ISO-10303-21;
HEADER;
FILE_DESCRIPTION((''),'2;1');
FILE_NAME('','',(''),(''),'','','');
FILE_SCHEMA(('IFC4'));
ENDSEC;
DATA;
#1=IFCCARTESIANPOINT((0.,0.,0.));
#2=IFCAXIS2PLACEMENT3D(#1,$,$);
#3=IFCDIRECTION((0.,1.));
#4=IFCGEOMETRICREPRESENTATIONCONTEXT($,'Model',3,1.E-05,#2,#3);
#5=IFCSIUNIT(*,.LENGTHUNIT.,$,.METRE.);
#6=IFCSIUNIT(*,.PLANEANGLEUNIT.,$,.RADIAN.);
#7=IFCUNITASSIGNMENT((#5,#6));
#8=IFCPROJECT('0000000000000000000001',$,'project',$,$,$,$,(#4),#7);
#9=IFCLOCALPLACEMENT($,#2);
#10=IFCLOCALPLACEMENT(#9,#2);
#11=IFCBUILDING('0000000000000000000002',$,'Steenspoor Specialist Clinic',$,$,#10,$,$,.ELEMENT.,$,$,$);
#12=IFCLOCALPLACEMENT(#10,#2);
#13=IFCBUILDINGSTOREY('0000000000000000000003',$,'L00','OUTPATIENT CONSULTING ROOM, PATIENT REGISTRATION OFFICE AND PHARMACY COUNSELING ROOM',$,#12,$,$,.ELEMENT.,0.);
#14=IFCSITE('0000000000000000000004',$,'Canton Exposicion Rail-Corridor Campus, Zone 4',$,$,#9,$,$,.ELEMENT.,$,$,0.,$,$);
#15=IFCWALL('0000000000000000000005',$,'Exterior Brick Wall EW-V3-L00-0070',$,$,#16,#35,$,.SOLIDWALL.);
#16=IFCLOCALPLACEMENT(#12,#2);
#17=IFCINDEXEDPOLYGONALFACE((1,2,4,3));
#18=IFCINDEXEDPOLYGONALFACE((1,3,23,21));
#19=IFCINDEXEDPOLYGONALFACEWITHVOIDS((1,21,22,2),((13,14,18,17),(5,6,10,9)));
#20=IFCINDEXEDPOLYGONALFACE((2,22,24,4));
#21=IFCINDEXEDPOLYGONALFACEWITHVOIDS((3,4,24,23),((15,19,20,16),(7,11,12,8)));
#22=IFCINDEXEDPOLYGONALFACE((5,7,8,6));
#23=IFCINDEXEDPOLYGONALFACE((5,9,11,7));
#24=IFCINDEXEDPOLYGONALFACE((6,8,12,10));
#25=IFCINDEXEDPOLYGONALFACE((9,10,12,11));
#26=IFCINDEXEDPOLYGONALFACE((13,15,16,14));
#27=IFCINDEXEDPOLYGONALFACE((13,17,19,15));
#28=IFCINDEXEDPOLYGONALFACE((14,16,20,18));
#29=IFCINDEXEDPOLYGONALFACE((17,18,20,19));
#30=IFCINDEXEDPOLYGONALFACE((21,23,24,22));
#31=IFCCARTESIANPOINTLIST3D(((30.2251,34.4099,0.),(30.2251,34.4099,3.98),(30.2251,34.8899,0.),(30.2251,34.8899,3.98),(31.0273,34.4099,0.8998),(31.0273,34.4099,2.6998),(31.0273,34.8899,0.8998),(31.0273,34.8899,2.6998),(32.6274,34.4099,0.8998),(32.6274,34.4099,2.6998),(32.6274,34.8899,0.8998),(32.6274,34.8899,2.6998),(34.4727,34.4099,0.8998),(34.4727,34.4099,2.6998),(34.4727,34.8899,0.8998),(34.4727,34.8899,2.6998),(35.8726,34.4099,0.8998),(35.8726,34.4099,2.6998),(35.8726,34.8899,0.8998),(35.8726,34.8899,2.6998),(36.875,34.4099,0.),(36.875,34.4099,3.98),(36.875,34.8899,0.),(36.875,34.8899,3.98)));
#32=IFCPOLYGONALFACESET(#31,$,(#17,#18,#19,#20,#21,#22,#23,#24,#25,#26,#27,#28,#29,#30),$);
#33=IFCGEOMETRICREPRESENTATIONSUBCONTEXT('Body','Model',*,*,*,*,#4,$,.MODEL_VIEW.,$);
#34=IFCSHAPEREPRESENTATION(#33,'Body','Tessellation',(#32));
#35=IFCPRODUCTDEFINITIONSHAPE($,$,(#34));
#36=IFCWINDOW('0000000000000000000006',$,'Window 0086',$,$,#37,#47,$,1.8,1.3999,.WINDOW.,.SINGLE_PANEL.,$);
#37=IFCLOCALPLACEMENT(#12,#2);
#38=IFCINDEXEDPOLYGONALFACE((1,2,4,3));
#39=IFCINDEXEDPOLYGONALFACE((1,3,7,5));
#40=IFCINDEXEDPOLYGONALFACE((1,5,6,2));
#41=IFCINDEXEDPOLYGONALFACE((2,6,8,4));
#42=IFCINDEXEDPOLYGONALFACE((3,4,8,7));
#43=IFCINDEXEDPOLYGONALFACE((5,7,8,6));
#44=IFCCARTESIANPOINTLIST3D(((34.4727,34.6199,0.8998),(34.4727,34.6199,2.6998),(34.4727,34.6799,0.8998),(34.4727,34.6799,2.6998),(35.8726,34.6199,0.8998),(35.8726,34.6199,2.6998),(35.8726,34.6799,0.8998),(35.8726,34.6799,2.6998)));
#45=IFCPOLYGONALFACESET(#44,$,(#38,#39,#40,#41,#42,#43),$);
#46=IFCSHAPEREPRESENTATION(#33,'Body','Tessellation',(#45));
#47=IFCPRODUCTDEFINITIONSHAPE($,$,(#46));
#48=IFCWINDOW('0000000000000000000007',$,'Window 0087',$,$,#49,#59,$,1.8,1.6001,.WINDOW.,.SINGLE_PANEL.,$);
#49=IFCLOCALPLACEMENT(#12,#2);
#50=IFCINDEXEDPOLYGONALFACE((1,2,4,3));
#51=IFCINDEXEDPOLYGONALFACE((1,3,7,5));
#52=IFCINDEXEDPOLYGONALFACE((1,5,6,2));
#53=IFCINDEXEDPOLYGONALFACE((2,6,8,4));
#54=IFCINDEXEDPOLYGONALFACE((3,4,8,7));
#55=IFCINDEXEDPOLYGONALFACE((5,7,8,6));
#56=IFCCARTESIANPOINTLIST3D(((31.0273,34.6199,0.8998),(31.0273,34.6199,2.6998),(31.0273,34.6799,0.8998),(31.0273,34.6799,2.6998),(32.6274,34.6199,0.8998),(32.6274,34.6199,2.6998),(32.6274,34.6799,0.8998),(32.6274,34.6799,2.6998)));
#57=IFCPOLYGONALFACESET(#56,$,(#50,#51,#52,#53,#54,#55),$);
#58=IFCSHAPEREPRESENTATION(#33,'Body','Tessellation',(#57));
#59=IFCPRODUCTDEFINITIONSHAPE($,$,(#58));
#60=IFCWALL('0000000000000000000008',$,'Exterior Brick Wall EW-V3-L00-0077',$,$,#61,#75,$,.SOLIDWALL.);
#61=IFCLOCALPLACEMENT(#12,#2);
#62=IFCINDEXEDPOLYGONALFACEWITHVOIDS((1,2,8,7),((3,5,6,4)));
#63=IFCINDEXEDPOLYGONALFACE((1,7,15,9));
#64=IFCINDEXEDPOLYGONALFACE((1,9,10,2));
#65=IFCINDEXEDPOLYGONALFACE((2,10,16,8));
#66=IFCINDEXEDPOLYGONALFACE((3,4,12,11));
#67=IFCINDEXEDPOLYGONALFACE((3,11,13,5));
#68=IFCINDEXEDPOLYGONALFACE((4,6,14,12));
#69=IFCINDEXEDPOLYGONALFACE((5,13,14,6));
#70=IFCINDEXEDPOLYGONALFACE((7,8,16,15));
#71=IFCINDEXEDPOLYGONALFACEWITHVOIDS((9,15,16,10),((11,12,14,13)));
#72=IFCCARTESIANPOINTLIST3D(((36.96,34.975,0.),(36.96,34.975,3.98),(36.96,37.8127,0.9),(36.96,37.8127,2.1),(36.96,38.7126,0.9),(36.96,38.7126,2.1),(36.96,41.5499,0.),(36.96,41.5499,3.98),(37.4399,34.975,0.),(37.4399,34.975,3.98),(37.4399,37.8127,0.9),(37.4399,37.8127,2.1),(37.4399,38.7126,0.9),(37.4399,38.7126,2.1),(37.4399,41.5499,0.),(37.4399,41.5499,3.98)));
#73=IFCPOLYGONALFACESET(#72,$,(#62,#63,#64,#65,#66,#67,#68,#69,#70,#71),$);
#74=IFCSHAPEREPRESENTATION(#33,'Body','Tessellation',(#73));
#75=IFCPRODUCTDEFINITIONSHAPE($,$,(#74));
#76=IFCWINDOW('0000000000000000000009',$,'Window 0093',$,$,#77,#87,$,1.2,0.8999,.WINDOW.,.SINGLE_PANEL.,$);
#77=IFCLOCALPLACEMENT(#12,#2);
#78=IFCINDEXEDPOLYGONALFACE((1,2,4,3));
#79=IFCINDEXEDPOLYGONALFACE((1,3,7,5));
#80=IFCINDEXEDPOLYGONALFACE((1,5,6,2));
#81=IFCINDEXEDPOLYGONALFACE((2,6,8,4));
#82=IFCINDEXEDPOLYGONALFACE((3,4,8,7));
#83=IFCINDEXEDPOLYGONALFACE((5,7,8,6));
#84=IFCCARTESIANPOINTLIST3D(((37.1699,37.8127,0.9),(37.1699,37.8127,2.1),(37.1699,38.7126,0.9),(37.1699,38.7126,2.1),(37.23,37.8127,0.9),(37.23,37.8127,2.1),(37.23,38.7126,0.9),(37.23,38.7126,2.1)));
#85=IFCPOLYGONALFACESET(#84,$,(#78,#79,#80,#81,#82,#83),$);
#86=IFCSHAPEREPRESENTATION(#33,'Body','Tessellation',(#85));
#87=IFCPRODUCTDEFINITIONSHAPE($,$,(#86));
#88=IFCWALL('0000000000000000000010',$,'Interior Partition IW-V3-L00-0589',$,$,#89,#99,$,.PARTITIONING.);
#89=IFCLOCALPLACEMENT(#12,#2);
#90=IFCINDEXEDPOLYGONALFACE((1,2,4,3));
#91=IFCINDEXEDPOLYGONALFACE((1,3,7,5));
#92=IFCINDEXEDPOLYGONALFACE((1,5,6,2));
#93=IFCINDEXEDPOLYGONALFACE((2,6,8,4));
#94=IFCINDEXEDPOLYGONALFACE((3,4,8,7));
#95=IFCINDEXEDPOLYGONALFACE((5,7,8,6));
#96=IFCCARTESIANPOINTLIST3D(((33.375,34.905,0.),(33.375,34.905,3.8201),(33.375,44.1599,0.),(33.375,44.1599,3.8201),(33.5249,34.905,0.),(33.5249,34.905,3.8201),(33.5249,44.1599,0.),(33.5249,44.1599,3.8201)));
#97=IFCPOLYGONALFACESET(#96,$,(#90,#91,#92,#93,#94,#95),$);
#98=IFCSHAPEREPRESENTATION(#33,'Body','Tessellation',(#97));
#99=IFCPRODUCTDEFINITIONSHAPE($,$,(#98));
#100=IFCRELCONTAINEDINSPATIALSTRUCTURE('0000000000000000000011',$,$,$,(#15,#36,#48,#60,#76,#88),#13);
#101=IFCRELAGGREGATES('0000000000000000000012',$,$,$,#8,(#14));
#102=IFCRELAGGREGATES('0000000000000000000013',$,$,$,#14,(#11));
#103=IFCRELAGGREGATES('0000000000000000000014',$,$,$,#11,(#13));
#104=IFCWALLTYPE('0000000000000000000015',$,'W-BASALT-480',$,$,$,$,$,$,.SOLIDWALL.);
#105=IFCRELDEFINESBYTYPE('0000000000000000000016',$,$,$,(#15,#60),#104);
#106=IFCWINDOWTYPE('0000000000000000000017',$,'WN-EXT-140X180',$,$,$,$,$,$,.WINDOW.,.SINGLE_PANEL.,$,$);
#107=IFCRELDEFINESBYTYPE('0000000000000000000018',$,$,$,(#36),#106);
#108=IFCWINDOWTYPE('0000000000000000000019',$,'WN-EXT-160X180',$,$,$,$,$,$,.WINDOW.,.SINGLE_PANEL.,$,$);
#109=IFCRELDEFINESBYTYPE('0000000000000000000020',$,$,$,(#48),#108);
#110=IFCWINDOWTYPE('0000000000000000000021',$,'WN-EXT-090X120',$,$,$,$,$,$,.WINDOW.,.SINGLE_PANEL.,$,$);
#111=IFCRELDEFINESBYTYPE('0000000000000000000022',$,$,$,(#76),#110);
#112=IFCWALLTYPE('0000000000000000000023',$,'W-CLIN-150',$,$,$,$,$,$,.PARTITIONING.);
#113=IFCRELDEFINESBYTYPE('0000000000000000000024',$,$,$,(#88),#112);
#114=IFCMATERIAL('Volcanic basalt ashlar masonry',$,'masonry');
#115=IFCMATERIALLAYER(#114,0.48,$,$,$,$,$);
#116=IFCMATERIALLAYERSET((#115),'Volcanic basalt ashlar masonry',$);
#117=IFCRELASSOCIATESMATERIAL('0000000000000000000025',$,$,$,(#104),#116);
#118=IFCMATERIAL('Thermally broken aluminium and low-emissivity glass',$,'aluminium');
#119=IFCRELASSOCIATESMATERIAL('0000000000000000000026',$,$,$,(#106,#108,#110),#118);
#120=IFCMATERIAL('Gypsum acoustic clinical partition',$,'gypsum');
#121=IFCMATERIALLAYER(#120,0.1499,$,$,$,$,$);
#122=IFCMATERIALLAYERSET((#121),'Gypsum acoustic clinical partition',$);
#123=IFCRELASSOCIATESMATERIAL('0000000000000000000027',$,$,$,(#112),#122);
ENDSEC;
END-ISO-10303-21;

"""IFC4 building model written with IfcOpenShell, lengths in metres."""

from ifc_helpers import new_model, si_unit, direction, frame, frame_2d, origin, place, context, subcontext, project, spatial, rectangle, extrude, material, layer, layer_set, type_object, element, fill, save


model = new_model("IFC4")

# Units and contexts
model_context = context("Model", 3, precision=1e-05, world=origin(), true_north=direction((0.0, 1.0)))
body_context = subcontext(model_context, "Body", "Model", "MODEL_VIEW")
ifc_project = project(units=[si_unit("LENGTHUNIT", "METRE"), si_unit("PLANEANGLEUNIT", "RADIAN")], contexts=[model_context])

# Site, building, storey
site_placement = place(None, origin())
site = spatial("IfcSite", under=ifc_project, at=site_placement, Name="Canton Exposicion Rail-Corridor Campus, Zone 4", CompositionType="ELEMENT", RefElevation=0.0)
building_placement = place(site_placement, origin())
building = spatial("IfcBuilding", under=site, at=building_placement, Name="Steenspoor Specialist Clinic", CompositionType="ELEMENT")
storey_placement = place(building_placement, origin())
storey = spatial("IfcBuildingStorey", under=building, at=storey_placement, Name="L00", Description="OUTPATIENT CONSULTING ROOM, PATIENT REGISTRATION OFFICE AND PHARMACY COUNSELING ROOM", CompositionType="ELEMENT", Elevation=0.0)

# Shared definitions
ifc_material_1 = material(Name="Thermally broken aluminium and low-emissivity glass", Category="aluminium")

# Wall, openings, windows
ifc_material_2 = material(Name="Volcanic basalt ashlar masonry", Category="masonry")
ifc_layer_1 = layer(ifc_material_2, 0.48)
ifc_layer_set_1 = layer_set([ifc_layer_1], Name="Volcanic basalt ashlar masonry")
wall_type_1 = type_object("IfcWallType", Name="W-BASALT-480", PredefinedType="SOLIDWALL", material=ifc_layer_set_1)
wall_1_placement = place(storey_placement, frame((36.875, 34.6499, 0.0), z_axis=(0.0, 0.0, 1.0), x_axis=(-1.0, 0.0, 0.0)))
wall_1 = element("IfcWall", 1, at=wall_1_placement, inside=storey, type_object=wall_type_1, Name="Exterior Brick Wall EW-V3-L00-0070", PredefinedType="SOLIDWALL", context=body_context, shape_type="SweptSolid", body=[
    extrude(rectangle(XDim=6.6499, YDim=0.48, at=frame_2d((3.325, 0.0))), origin(), (0.0, 0.0, 1.0), 3.98),
])
opening_1_placement = place(wall_1_placement, frame((1.0024, 0.0, 0.8999)))
opening_1 = element("IfcOpeningElement", 2, at=opening_1_placement, cuts=wall_1, PredefinedType="OPENING", context=body_context, shape_type="SweptSolid", body=[
    extrude(rectangle(XDim=1.3999, YDim=1.8, at=frame_2d((0.7, 0.8999))), frame((0.0, 0.25, 0.0), z_axis=(0.0, -1.0, 0.0), x_axis=(1.0, 0.0, 0.0)), (0.0, 0.0, 1.0), 0.5),
])
opening_2_placement = place(wall_1_placement, frame((4.2476, 0.0, 0.8999)))
opening_2 = element("IfcOpeningElement", 3, at=opening_2_placement, cuts=wall_1, PredefinedType="OPENING", context=body_context, shape_type="SweptSolid", body=[
    extrude(rectangle(XDim=1.6001, YDim=1.8, at=frame_2d((0.8, 0.8999))), frame((0.0, 0.25, 0.0), z_axis=(0.0, -1.0, 0.0), x_axis=(1.0, 0.0, 0.0)), (0.0, 0.0, 1.0), 0.5),
])
window_type_1 = type_object("IfcWindowType", Name="WN-EXT-140X180", PartitioningType="SINGLE_PANEL", PredefinedType="WINDOW", material=ifc_material_1)
window_1_placement = place(opening_1_placement, origin())
window_1 = element("IfcWindow", 4, at=window_1_placement, inside=storey, type_object=window_type_1, Name="Window 0086", OverallHeight=1.8, OverallWidth=1.3999, PartitioningType="SINGLE_PANEL", PredefinedType="WINDOW", context=body_context, shape_type="SweptSolid", body=[
    extrude(rectangle(XDim=1.3999, YDim=1.8, at=frame_2d((0.7, 0.8999))), frame((0.0, 0.03, 0.0), z_axis=(0.0, -1.0, 0.0), x_axis=(1.0, 0.0, 0.0)), (0.0, 0.0, 1.0), 0.0601),
])
fill(opening_1, window_1)
window_type_2 = type_object("IfcWindowType", Name="WN-EXT-160X180", PartitioningType="SINGLE_PANEL", PredefinedType="WINDOW", material=ifc_material_1)
window_2_placement = place(opening_2_placement, origin())
window_2 = element("IfcWindow", 5, at=window_2_placement, inside=storey, type_object=window_type_2, Name="Window 0087", OverallHeight=1.8, OverallWidth=1.6001, PartitioningType="SINGLE_PANEL", PredefinedType="WINDOW", context=body_context, shape_type="SweptSolid", body=[
    extrude(rectangle(XDim=1.6001, YDim=1.8, at=frame_2d((0.8, 0.8999))), frame((0.0, 0.03, 0.0), z_axis=(0.0, -1.0, 0.0), x_axis=(1.0, 0.0, 0.0)), (0.0, 0.0, 1.0), 0.0601),
])
fill(opening_2, window_2)

# Wall, opening, window
wall_2_placement = place(storey_placement, frame((37.2, 41.55, 0.0), z_axis=(0.0, 0.0, 1.0), x_axis=(0.0, -1.0, 0.0)))
wall_2 = element("IfcWall", 6, at=wall_2_placement, inside=storey, type_object=wall_type_1, Name="Exterior Brick Wall EW-V3-L00-0077", PredefinedType="SOLIDWALL", context=body_context, shape_type="SweptSolid", body=[
    extrude(rectangle(XDim=6.575, YDim=0.48, at=frame_2d((3.2876, 0.0))), origin(), (0.0, 0.0, 1.0), 3.98),
])
opening_3_placement = place(wall_2_placement, frame((2.8374, 0.0, 0.8999)))
opening_3 = element("IfcOpeningElement", 7, at=opening_3_placement, cuts=wall_2, PredefinedType="OPENING", context=body_context, shape_type="SweptSolid", body=[
    extrude(rectangle(XDim=0.8999, YDim=1.2, at=frame_2d((0.45, 0.6001))), frame((0.0, 0.25, 0.0), z_axis=(0.0, -1.0, 0.0), x_axis=(1.0, 0.0, 0.0)), (0.0, 0.0, 1.0), 0.5),
])
window_type_3 = type_object("IfcWindowType", Name="WN-EXT-090X120", PartitioningType="SINGLE_PANEL", PredefinedType="WINDOW", material=ifc_material_1)
window_3_placement = place(opening_3_placement, origin())
window_3 = element("IfcWindow", 8, at=window_3_placement, inside=storey, type_object=window_type_3, Name="Window 0093", OverallHeight=1.2, OverallWidth=0.8999, PartitioningType="SINGLE_PANEL", PredefinedType="WINDOW", context=body_context, shape_type="SweptSolid", body=[
    extrude(rectangle(XDim=0.8999, YDim=1.2, at=frame_2d((0.45, 0.6001))), frame((0.0, 0.03, 0.0), z_axis=(0.0, -1.0, 0.0), x_axis=(1.0, 0.0, 0.0)), (0.0, 0.0, 1.0), 0.0601),
])
fill(opening_3, window_3)

# Wall
ifc_material_3 = material(Name="Gypsum acoustic clinical partition", Category="gypsum")
ifc_layer_2 = layer(ifc_material_3, 0.1499)
ifc_layer_set_2 = layer_set([ifc_layer_2], Name="Gypsum acoustic clinical partition")
wall_type_2 = type_object("IfcWallType", Name="W-CLIN-150", PredefinedType="PARTITIONING", material=ifc_layer_set_2)
wall_3_placement = place(storey_placement, frame((33.45, 34.905, 0.0), z_axis=(0.0, 0.0, 1.0), x_axis=(0.0, 1.0, 0.0)))
element("IfcWall", 9, at=wall_3_placement, inside=storey, type_object=wall_type_2, Name="Interior Partition IW-V3-L00-0589", PredefinedType="PARTITIONING", context=body_context, shape_type="SweptSolid", body=[
    extrude(rectangle(XDim=9.2549, YDim=0.1499, at=frame_2d((4.6274, 0.0))), origin(), (0.0, 0.0, 1.0), 3.8201),
])

save(model, "model.ifc")
